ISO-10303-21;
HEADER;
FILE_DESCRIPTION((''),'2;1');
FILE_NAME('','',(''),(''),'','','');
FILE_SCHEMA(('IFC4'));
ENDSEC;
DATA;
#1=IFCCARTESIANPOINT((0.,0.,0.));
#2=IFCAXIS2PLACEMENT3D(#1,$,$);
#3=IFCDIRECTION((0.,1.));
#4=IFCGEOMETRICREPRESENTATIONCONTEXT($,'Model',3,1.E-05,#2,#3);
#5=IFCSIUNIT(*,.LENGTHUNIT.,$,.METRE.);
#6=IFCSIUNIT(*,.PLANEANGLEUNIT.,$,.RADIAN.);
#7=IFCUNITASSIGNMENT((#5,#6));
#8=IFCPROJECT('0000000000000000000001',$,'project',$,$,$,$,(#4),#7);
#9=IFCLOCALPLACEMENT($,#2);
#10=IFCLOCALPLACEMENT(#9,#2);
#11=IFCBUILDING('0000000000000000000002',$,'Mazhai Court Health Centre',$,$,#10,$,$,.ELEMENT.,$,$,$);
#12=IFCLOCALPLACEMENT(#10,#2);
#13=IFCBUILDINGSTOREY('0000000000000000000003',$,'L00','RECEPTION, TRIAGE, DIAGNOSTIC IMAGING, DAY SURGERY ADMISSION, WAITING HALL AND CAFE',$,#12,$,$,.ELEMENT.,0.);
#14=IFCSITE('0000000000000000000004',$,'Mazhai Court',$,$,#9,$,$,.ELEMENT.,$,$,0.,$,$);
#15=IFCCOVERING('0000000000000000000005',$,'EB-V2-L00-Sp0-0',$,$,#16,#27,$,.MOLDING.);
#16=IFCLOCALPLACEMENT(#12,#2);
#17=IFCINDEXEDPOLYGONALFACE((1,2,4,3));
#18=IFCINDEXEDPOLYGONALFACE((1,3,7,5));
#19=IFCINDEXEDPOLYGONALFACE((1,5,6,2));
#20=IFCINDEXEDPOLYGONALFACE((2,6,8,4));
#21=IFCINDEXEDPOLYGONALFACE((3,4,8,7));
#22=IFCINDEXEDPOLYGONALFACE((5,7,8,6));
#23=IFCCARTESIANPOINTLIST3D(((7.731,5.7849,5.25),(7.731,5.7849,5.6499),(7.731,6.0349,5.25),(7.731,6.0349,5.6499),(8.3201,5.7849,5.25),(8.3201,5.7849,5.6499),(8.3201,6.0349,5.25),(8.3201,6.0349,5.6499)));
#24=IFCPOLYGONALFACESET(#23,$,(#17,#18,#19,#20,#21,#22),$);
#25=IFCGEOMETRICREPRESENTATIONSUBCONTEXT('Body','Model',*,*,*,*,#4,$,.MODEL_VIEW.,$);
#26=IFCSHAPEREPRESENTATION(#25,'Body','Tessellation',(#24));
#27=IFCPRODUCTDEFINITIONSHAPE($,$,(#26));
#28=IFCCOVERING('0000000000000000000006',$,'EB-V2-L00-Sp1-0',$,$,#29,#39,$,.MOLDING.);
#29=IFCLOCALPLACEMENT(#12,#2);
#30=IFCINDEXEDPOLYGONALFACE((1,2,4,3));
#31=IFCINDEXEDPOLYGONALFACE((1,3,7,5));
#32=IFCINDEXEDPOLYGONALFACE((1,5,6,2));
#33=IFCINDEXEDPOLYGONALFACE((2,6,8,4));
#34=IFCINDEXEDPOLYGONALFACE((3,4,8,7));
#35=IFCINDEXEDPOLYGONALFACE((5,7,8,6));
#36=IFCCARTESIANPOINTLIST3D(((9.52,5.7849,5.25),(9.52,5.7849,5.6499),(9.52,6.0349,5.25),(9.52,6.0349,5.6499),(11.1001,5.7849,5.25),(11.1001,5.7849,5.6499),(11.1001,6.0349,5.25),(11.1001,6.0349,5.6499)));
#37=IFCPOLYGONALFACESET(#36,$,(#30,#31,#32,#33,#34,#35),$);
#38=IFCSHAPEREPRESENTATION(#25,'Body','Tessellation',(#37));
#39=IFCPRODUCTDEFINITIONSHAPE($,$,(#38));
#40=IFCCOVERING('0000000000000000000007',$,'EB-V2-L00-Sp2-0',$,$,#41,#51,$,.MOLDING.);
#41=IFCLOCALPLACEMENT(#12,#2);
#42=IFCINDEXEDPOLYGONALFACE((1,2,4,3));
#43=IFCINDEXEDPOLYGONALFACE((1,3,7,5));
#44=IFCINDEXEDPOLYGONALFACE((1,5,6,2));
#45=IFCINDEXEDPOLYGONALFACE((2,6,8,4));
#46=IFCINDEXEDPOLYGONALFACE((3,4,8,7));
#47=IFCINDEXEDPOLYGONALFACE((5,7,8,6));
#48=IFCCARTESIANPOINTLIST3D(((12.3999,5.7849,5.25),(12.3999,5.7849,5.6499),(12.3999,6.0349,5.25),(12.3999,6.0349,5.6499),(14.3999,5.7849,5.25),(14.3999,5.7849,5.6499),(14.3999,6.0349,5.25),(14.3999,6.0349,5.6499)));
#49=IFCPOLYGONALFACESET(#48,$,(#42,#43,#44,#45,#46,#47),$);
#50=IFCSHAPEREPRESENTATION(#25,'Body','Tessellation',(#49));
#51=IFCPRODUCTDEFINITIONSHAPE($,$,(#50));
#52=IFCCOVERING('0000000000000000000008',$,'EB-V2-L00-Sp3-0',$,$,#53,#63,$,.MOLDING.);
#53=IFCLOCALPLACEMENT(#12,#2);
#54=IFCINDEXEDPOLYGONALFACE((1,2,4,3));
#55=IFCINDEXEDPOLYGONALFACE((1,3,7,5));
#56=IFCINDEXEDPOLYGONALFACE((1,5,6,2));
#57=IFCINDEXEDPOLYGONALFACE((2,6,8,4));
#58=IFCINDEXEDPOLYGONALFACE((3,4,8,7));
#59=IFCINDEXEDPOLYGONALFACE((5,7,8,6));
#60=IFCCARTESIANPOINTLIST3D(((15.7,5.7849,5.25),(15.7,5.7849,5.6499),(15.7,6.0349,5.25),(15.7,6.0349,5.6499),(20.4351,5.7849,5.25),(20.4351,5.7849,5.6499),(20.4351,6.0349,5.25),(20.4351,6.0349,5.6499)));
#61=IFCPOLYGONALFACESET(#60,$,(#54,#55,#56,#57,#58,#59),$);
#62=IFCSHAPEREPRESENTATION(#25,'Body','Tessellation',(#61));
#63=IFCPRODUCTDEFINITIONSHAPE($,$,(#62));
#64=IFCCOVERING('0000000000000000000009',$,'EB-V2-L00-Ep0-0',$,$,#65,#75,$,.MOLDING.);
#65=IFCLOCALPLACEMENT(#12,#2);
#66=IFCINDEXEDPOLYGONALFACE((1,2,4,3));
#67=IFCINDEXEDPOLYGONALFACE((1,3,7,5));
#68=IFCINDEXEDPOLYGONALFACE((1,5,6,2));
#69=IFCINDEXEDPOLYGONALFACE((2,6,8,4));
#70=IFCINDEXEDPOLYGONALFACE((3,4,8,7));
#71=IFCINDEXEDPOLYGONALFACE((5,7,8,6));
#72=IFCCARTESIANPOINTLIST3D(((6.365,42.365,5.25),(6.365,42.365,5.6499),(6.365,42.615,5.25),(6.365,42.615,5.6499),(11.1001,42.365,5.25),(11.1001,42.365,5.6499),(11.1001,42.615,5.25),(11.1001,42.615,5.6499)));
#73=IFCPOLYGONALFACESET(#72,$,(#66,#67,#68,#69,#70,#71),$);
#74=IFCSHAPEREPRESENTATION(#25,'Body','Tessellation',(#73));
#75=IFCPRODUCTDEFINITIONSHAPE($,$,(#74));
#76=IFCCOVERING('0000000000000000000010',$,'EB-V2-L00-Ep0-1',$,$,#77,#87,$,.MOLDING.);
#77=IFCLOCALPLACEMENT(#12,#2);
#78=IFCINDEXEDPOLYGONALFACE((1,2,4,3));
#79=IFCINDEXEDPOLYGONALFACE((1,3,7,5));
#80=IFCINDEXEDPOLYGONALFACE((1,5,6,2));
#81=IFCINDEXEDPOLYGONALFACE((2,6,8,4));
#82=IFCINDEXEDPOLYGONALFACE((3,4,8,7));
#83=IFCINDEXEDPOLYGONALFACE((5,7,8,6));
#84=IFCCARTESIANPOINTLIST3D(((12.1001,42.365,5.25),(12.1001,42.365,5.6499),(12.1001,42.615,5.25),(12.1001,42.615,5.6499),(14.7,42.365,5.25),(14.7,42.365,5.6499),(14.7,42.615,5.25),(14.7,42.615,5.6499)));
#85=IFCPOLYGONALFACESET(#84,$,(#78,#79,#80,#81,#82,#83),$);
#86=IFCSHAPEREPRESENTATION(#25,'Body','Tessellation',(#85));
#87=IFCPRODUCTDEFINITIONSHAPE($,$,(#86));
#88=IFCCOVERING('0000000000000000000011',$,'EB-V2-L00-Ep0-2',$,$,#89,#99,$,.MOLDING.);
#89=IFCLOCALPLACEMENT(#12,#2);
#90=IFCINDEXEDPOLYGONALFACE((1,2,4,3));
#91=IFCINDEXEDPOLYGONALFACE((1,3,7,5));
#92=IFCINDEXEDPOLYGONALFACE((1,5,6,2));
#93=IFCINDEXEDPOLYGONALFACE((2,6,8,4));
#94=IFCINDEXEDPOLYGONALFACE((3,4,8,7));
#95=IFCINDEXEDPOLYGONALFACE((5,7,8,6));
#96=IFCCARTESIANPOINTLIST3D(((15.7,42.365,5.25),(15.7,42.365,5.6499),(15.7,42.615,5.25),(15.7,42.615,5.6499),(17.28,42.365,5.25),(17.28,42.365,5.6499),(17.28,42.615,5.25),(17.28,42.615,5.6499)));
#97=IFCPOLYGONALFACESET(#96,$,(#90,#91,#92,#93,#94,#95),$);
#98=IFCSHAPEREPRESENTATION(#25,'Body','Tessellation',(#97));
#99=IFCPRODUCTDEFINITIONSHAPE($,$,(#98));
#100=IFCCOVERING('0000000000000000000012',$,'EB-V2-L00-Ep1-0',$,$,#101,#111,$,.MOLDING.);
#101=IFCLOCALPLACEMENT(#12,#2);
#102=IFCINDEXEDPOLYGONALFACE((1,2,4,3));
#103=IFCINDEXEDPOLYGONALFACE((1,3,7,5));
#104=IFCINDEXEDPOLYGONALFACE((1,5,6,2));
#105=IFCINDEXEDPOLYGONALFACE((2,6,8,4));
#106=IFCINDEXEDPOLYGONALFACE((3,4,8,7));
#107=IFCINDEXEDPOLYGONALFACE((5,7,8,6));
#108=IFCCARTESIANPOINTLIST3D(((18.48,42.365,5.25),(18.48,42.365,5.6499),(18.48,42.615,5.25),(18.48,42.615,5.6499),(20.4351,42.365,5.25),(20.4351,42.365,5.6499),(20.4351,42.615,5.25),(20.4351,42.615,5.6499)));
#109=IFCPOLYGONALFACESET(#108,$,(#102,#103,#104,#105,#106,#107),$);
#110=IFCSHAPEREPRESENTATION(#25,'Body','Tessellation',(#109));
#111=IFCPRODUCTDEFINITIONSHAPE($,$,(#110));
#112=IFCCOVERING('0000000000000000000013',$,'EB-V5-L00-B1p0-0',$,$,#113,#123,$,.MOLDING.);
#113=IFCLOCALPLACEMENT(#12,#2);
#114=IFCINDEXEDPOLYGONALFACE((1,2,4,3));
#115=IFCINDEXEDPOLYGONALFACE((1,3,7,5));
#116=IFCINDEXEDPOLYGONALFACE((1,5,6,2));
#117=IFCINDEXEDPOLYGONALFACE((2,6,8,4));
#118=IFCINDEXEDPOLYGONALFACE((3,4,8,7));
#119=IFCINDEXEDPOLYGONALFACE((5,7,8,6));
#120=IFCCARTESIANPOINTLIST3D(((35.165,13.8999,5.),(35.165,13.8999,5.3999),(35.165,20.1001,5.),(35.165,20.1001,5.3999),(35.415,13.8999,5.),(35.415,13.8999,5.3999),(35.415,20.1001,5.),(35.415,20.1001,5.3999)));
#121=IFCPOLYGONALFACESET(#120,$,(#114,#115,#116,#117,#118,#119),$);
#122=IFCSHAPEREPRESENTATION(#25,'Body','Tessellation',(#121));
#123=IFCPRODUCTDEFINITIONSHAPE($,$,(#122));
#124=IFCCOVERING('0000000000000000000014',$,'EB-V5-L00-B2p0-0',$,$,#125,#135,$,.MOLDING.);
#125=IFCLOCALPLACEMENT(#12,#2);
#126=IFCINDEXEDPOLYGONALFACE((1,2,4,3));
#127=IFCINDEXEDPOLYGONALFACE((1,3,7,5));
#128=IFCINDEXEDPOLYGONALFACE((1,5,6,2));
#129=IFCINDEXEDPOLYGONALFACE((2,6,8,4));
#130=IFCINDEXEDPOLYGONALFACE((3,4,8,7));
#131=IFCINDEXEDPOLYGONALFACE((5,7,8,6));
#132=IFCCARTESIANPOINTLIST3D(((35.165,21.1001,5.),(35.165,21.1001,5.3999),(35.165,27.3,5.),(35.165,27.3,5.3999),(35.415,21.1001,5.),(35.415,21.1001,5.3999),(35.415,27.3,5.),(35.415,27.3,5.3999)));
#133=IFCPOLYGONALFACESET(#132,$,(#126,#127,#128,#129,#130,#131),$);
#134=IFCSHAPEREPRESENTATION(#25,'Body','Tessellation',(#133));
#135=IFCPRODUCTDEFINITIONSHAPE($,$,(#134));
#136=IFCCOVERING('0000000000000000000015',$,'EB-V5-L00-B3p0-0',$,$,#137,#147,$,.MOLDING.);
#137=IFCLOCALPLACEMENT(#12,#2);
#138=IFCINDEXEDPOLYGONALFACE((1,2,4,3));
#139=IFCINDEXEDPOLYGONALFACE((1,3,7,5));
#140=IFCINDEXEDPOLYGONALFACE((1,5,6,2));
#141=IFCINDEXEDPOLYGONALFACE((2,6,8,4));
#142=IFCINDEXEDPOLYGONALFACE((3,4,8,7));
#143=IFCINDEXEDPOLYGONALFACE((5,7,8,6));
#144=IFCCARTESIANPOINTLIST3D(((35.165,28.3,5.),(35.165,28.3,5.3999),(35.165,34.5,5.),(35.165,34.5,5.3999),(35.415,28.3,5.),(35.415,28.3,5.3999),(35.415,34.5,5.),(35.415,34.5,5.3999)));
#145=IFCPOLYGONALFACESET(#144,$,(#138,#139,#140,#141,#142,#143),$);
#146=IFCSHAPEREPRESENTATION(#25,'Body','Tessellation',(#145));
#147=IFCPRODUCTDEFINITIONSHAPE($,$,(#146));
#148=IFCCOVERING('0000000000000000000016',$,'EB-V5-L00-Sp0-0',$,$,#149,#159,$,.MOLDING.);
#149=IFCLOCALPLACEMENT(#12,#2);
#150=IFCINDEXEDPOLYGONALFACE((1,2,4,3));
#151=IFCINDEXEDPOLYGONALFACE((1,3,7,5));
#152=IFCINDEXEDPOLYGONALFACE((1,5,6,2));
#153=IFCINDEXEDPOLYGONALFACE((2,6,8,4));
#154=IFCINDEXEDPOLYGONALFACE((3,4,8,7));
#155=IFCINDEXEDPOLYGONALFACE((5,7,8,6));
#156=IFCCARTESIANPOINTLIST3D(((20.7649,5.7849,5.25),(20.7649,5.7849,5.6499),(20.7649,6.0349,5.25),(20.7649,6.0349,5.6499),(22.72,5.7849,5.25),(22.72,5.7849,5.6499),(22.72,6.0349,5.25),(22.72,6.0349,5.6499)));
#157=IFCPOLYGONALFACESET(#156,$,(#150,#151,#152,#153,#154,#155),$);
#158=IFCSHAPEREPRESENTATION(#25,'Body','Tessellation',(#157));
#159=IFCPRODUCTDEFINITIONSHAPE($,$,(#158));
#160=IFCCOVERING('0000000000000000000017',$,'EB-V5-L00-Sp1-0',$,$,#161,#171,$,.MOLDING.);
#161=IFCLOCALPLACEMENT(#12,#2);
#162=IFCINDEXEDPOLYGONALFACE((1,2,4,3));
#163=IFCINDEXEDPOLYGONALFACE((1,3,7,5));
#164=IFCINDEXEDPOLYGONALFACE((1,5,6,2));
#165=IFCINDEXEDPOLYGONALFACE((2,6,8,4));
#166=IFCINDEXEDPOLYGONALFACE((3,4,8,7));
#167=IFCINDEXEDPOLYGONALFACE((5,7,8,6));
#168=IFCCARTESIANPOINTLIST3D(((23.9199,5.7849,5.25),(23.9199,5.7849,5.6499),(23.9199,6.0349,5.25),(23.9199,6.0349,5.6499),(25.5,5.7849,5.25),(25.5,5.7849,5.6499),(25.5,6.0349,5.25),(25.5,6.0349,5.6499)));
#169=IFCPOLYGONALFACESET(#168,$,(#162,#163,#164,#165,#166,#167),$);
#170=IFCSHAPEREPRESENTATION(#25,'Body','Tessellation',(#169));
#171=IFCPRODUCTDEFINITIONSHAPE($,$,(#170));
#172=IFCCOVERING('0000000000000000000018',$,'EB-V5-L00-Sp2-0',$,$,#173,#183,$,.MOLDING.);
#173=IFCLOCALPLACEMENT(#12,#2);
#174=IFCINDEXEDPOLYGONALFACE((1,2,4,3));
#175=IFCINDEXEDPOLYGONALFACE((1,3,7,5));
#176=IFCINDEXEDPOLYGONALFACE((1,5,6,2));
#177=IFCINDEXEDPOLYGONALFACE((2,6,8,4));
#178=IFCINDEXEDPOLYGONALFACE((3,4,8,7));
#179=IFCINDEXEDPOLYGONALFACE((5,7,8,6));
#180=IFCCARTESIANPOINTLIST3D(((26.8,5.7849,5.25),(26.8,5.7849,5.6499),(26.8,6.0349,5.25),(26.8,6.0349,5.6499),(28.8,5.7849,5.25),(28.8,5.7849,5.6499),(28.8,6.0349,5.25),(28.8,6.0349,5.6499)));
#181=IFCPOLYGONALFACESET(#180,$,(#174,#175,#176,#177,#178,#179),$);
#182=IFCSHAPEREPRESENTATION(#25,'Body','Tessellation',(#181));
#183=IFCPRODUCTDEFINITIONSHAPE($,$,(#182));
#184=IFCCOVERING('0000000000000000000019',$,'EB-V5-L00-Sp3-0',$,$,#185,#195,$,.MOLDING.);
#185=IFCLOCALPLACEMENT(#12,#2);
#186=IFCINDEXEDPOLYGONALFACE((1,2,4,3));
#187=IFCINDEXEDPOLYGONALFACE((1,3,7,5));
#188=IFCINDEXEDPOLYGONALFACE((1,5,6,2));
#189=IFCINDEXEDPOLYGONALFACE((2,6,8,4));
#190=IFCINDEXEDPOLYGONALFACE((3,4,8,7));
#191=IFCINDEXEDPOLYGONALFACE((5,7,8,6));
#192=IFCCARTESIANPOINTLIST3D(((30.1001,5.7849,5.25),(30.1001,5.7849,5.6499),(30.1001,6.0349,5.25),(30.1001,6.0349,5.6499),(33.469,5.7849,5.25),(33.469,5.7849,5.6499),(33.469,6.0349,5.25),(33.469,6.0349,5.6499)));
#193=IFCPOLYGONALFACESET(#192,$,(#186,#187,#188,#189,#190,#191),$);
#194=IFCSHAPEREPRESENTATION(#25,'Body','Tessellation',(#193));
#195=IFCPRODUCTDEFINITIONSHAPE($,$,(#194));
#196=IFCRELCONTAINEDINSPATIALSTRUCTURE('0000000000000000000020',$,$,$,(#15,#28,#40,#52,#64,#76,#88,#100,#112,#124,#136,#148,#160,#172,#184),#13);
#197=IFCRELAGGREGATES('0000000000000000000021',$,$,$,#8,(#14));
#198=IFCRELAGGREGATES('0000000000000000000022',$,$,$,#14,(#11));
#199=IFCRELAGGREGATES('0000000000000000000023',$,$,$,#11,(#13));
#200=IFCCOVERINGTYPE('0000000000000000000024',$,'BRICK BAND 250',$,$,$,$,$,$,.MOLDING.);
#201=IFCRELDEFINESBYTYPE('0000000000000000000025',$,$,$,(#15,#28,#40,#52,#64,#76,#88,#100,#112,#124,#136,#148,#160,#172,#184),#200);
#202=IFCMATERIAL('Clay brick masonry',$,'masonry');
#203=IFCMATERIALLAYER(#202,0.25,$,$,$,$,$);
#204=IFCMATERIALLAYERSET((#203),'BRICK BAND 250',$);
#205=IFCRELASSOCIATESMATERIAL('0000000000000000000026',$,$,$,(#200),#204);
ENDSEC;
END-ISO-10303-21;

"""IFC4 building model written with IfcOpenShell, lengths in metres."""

from ifc_helpers import new_model, si_unit, direction, frame, origin, place, context, subcontext, project, spatial, polyline, outline, extrude, material, layer, layer_set, type_object, element, save


model = new_model("IFC4")

# Units and contexts
model_context = context("Model", 3, precision=1e-05, world=origin(), true_north=direction((0.0, 1.0)))
body_context = subcontext(model_context, "Body", "Model", "MODEL_VIEW")
ifc_project = project(units=[si_unit("LENGTHUNIT", "METRE"), si_unit("PLANEANGLEUNIT", "RADIAN")], contexts=[model_context])

# Site, building, storey
site_placement = place(None, origin())
site = spatial("IfcSite", under=ifc_project, at=site_placement, Name="Mazhai Court", CompositionType="ELEMENT", RefElevation=0.0)
building_placement = place(site_placement, origin())
building = spatial("IfcBuilding", under=site, at=building_placement, Name="Mazhai Court Health Centre", CompositionType="ELEMENT")
storey_placement = place(building_placement, origin())
storey = spatial("IfcBuildingStorey", under=building, at=storey_placement, Name="L00", Description="RECEPTION, TRIAGE, DIAGNOSTIC IMAGING, DAY SURGERY ADMISSION, WAITING HALL AND CAFE", CompositionType="ELEMENT", Elevation=0.0)

# Coverings
ifc_material = material(Name="Clay brick masonry", Category="masonry")
ifc_layer = layer(ifc_material, 0.25)
ifc_layer_set = layer_set([ifc_layer], Name="BRICK BAND 250")
covering_type = type_object("IfcCoveringType", Name="BRICK BAND 250", PredefinedType="MOLDING", material=ifc_layer_set)
covering_1_placement = place(storey_placement, frame((0.0, 0.0, 5.25)))
element("IfcCovering", 1, at=covering_1_placement, inside=storey, type_object=covering_type, Name="EB-V2-L00-Sp0-0", PredefinedType="MOLDING", context=body_context, shape_type="SweptSolid", body=[
    extrude(outline(polyline([(8.3201, 6.0349), (7.731, 6.0349), (7.731, 5.7849), (8.3201, 5.7849), (8.3201, 6.0349)])), origin(), (0.0, 0.0, 1.0), 0.3999),
])
covering_2_placement = place(storey_placement, frame((0.0, 0.0, 5.25)))
element("IfcCovering", 2, at=covering_2_placement, inside=storey, type_object=covering_type, Name="EB-V2-L00-Sp1-0", PredefinedType="MOLDING", context=body_context, shape_type="SweptSolid", body=[
    extrude(outline(polyline([(11.1001, 6.0349), (9.52, 6.0349), (9.52, 5.7849), (11.1001, 5.7849), (11.1001, 6.0349)])), origin(), (0.0, 0.0, 1.0), 0.3999),
])
covering_3_placement = place(storey_placement, frame((0.0, 0.0, 5.25)))
element("IfcCovering", 3, at=covering_3_placement, inside=storey, type_object=covering_type, Name="EB-V2-L00-Sp2-0", PredefinedType="MOLDING", context=body_context, shape_type="SweptSolid", body=[
    extrude(outline(polyline([(14.3999, 6.0349), (12.3999, 6.0349), (12.3999, 5.7849), (14.3999, 5.7849), (14.3999, 6.0349)])), origin(), (0.0, 0.0, 1.0), 0.3999),
])
covering_4_placement = place(storey_placement, frame((0.0, 0.0, 5.25)))
element("IfcCovering", 4, at=covering_4_placement, inside=storey, type_object=covering_type, Name="EB-V2-L00-Sp3-0", PredefinedType="MOLDING", context=body_context, shape_type="SweptSolid", body=[
    extrude(outline(polyline([(20.4351, 6.0349), (15.7, 6.0349), (15.7, 5.7849), (20.4351, 5.7849), (20.4351, 6.0349)])), origin(), (0.0, 0.0, 1.0), 0.3999),
])
covering_5_placement = place(storey_placement, frame((0.0, 0.0, 5.25)))
element("IfcCovering", 5, at=covering_5_placement, inside=storey, type_object=covering_type, Name="EB-V2-L00-Ep0-0", PredefinedType="MOLDING", context=body_context, shape_type="SweptSolid", body=[
    extrude(outline(polyline([(6.365, 42.365), (11.1001, 42.365), (11.1001, 42.615), (6.365, 42.615), (6.365, 42.365)])), origin(), (0.0, 0.0, 1.0), 0.3999),
])
covering_6_placement = place(storey_placement, frame((0.0, 0.0, 5.25)))
element("IfcCovering", 6, at=covering_6_placement, inside=storey, type_object=covering_type, Name="EB-V2-L00-Ep0-1", PredefinedType="MOLDING", context=body_context, shape_type="SweptSolid", body=[
    extrude(outline(polyline([(12.1001, 42.365), (14.7, 42.365), (14.7, 42.615), (12.1001, 42.615), (12.1001, 42.365)])), origin(), (0.0, 0.0, 1.0), 0.3999),
])
covering_7_placement = place(storey_placement, frame((0.0, 0.0, 5.25)))
element("IfcCovering", 7, at=covering_7_placement, inside=storey, type_object=covering_type, Name="EB-V2-L00-Ep0-2", PredefinedType="MOLDING", context=body_context, shape_type="SweptSolid", body=[
    extrude(outline(polyline([(15.7, 42.365), (17.28, 42.365), (17.28, 42.615), (15.7, 42.615), (15.7, 42.365)])), origin(), (0.0, 0.0, 1.0), 0.3999),
])
covering_8_placement = place(storey_placement, frame((0.0, 0.0, 5.25)))
element("IfcCovering", 8, at=covering_8_placement, inside=storey, type_object=covering_type, Name="EB-V2-L00-Ep1-0", PredefinedType="MOLDING", context=body_context, shape_type="SweptSolid", body=[
    extrude(outline(polyline([(18.48, 42.365), (20.4351, 42.365), (20.4351, 42.615), (18.48, 42.615), (18.48, 42.365)])), origin(), (0.0, 0.0, 1.0), 0.3999),
])
covering_9_placement = place(storey_placement, frame((0.0, 0.0, 5.0)))
element("IfcCovering", 9, at=covering_9_placement, inside=storey, type_object=covering_type, Name="EB-V5-L00-B1p0-0", PredefinedType="MOLDING", context=body_context, shape_type="SweptSolid", body=[
    extrude(outline(polyline([(35.165, 20.1001), (35.165, 13.8999), (35.415, 13.8999), (35.415, 20.1001), (35.165, 20.1001)])), origin(), (0.0, 0.0, 1.0), 0.3999),
])
covering_10_placement = place(storey_placement, frame((0.0, 0.0, 5.0)))
element("IfcCovering", 10, at=covering_10_placement, inside=storey, type_object=covering_type, Name="EB-V5-L00-B2p0-0", PredefinedType="MOLDING", context=body_context, shape_type="SweptSolid", body=[
    extrude(outline(polyline([(35.165, 27.3), (35.165, 21.1001), (35.415, 21.1001), (35.415, 27.3), (35.165, 27.3)])), origin(), (0.0, 0.0, 1.0), 0.3999),
])
covering_11_placement = place(storey_placement, frame((0.0, 0.0, 5.0)))
element("IfcCovering", 11, at=covering_11_placement, inside=storey, type_object=covering_type, Name="EB-V5-L00-B3p0-0", PredefinedType="MOLDING", context=body_context, shape_type="SweptSolid", body=[
    extrude(outline(polyline([(35.165, 34.5), (35.165, 28.3), (35.415, 28.3), (35.415, 34.5), (35.165, 34.5)])), origin(), (0.0, 0.0, 1.0), 0.3999),
])
covering_12_placement = place(storey_placement, frame((0.0, 0.0, 5.25)))
element("IfcCovering", 12, at=covering_12_placement, inside=storey, type_object=covering_type, Name="EB-V5-L00-Sp0-0", PredefinedType="MOLDING", context=body_context, shape_type="SweptSolid", body=[
    extrude(outline(polyline([(22.72, 6.0349), (20.7649, 6.0349), (20.7649, 5.7849), (22.72, 5.7849), (22.72, 6.0349)])), origin(), (0.0, 0.0, 1.0), 0.3999),
])
covering_13_placement = place(storey_placement, frame((0.0, 0.0, 5.25)))
element("IfcCovering", 13, at=covering_13_placement, inside=storey, type_object=covering_type, Name="EB-V5-L00-Sp1-0", PredefinedType="MOLDING", context=body_context, shape_type="SweptSolid", body=[
    extrude(outline(polyline([(25.5, 6.0349), (23.9199, 6.0349), (23.9199, 5.7849), (25.5, 5.7849), (25.5, 6.0349)])), origin(), (0.0, 0.0, 1.0), 0.3999),
])
covering_14_placement = place(storey_placement, frame((0.0, 0.0, 5.25)))
element("IfcCovering", 14, at=covering_14_placement, inside=storey, type_object=covering_type, Name="EB-V5-L00-Sp2-0", PredefinedType="MOLDING", context=body_context, shape_type="SweptSolid", body=[
    extrude(outline(polyline([(28.8, 6.0349), (26.8, 6.0349), (26.8, 5.7849), (28.8, 5.7849), (28.8, 6.0349)])), origin(), (0.0, 0.0, 1.0), 0.3999),
])
covering_15_placement = place(storey_placement, frame((0.0, 0.0, 5.25)))
element("IfcCovering", 15, at=covering_15_placement, inside=storey, type_object=covering_type, Name="EB-V5-L00-Sp3-0", PredefinedType="MOLDING", context=body_context, shape_type="SweptSolid", body=[
    extrude(outline(polyline([(33.469, 6.0349), (30.1001, 6.0349), (30.1001, 5.7849), (33.469, 5.7849), (33.469, 6.0349)])), origin(), (0.0, 0.0, 1.0), 0.3999),
])

save(model, "model.ifc")
